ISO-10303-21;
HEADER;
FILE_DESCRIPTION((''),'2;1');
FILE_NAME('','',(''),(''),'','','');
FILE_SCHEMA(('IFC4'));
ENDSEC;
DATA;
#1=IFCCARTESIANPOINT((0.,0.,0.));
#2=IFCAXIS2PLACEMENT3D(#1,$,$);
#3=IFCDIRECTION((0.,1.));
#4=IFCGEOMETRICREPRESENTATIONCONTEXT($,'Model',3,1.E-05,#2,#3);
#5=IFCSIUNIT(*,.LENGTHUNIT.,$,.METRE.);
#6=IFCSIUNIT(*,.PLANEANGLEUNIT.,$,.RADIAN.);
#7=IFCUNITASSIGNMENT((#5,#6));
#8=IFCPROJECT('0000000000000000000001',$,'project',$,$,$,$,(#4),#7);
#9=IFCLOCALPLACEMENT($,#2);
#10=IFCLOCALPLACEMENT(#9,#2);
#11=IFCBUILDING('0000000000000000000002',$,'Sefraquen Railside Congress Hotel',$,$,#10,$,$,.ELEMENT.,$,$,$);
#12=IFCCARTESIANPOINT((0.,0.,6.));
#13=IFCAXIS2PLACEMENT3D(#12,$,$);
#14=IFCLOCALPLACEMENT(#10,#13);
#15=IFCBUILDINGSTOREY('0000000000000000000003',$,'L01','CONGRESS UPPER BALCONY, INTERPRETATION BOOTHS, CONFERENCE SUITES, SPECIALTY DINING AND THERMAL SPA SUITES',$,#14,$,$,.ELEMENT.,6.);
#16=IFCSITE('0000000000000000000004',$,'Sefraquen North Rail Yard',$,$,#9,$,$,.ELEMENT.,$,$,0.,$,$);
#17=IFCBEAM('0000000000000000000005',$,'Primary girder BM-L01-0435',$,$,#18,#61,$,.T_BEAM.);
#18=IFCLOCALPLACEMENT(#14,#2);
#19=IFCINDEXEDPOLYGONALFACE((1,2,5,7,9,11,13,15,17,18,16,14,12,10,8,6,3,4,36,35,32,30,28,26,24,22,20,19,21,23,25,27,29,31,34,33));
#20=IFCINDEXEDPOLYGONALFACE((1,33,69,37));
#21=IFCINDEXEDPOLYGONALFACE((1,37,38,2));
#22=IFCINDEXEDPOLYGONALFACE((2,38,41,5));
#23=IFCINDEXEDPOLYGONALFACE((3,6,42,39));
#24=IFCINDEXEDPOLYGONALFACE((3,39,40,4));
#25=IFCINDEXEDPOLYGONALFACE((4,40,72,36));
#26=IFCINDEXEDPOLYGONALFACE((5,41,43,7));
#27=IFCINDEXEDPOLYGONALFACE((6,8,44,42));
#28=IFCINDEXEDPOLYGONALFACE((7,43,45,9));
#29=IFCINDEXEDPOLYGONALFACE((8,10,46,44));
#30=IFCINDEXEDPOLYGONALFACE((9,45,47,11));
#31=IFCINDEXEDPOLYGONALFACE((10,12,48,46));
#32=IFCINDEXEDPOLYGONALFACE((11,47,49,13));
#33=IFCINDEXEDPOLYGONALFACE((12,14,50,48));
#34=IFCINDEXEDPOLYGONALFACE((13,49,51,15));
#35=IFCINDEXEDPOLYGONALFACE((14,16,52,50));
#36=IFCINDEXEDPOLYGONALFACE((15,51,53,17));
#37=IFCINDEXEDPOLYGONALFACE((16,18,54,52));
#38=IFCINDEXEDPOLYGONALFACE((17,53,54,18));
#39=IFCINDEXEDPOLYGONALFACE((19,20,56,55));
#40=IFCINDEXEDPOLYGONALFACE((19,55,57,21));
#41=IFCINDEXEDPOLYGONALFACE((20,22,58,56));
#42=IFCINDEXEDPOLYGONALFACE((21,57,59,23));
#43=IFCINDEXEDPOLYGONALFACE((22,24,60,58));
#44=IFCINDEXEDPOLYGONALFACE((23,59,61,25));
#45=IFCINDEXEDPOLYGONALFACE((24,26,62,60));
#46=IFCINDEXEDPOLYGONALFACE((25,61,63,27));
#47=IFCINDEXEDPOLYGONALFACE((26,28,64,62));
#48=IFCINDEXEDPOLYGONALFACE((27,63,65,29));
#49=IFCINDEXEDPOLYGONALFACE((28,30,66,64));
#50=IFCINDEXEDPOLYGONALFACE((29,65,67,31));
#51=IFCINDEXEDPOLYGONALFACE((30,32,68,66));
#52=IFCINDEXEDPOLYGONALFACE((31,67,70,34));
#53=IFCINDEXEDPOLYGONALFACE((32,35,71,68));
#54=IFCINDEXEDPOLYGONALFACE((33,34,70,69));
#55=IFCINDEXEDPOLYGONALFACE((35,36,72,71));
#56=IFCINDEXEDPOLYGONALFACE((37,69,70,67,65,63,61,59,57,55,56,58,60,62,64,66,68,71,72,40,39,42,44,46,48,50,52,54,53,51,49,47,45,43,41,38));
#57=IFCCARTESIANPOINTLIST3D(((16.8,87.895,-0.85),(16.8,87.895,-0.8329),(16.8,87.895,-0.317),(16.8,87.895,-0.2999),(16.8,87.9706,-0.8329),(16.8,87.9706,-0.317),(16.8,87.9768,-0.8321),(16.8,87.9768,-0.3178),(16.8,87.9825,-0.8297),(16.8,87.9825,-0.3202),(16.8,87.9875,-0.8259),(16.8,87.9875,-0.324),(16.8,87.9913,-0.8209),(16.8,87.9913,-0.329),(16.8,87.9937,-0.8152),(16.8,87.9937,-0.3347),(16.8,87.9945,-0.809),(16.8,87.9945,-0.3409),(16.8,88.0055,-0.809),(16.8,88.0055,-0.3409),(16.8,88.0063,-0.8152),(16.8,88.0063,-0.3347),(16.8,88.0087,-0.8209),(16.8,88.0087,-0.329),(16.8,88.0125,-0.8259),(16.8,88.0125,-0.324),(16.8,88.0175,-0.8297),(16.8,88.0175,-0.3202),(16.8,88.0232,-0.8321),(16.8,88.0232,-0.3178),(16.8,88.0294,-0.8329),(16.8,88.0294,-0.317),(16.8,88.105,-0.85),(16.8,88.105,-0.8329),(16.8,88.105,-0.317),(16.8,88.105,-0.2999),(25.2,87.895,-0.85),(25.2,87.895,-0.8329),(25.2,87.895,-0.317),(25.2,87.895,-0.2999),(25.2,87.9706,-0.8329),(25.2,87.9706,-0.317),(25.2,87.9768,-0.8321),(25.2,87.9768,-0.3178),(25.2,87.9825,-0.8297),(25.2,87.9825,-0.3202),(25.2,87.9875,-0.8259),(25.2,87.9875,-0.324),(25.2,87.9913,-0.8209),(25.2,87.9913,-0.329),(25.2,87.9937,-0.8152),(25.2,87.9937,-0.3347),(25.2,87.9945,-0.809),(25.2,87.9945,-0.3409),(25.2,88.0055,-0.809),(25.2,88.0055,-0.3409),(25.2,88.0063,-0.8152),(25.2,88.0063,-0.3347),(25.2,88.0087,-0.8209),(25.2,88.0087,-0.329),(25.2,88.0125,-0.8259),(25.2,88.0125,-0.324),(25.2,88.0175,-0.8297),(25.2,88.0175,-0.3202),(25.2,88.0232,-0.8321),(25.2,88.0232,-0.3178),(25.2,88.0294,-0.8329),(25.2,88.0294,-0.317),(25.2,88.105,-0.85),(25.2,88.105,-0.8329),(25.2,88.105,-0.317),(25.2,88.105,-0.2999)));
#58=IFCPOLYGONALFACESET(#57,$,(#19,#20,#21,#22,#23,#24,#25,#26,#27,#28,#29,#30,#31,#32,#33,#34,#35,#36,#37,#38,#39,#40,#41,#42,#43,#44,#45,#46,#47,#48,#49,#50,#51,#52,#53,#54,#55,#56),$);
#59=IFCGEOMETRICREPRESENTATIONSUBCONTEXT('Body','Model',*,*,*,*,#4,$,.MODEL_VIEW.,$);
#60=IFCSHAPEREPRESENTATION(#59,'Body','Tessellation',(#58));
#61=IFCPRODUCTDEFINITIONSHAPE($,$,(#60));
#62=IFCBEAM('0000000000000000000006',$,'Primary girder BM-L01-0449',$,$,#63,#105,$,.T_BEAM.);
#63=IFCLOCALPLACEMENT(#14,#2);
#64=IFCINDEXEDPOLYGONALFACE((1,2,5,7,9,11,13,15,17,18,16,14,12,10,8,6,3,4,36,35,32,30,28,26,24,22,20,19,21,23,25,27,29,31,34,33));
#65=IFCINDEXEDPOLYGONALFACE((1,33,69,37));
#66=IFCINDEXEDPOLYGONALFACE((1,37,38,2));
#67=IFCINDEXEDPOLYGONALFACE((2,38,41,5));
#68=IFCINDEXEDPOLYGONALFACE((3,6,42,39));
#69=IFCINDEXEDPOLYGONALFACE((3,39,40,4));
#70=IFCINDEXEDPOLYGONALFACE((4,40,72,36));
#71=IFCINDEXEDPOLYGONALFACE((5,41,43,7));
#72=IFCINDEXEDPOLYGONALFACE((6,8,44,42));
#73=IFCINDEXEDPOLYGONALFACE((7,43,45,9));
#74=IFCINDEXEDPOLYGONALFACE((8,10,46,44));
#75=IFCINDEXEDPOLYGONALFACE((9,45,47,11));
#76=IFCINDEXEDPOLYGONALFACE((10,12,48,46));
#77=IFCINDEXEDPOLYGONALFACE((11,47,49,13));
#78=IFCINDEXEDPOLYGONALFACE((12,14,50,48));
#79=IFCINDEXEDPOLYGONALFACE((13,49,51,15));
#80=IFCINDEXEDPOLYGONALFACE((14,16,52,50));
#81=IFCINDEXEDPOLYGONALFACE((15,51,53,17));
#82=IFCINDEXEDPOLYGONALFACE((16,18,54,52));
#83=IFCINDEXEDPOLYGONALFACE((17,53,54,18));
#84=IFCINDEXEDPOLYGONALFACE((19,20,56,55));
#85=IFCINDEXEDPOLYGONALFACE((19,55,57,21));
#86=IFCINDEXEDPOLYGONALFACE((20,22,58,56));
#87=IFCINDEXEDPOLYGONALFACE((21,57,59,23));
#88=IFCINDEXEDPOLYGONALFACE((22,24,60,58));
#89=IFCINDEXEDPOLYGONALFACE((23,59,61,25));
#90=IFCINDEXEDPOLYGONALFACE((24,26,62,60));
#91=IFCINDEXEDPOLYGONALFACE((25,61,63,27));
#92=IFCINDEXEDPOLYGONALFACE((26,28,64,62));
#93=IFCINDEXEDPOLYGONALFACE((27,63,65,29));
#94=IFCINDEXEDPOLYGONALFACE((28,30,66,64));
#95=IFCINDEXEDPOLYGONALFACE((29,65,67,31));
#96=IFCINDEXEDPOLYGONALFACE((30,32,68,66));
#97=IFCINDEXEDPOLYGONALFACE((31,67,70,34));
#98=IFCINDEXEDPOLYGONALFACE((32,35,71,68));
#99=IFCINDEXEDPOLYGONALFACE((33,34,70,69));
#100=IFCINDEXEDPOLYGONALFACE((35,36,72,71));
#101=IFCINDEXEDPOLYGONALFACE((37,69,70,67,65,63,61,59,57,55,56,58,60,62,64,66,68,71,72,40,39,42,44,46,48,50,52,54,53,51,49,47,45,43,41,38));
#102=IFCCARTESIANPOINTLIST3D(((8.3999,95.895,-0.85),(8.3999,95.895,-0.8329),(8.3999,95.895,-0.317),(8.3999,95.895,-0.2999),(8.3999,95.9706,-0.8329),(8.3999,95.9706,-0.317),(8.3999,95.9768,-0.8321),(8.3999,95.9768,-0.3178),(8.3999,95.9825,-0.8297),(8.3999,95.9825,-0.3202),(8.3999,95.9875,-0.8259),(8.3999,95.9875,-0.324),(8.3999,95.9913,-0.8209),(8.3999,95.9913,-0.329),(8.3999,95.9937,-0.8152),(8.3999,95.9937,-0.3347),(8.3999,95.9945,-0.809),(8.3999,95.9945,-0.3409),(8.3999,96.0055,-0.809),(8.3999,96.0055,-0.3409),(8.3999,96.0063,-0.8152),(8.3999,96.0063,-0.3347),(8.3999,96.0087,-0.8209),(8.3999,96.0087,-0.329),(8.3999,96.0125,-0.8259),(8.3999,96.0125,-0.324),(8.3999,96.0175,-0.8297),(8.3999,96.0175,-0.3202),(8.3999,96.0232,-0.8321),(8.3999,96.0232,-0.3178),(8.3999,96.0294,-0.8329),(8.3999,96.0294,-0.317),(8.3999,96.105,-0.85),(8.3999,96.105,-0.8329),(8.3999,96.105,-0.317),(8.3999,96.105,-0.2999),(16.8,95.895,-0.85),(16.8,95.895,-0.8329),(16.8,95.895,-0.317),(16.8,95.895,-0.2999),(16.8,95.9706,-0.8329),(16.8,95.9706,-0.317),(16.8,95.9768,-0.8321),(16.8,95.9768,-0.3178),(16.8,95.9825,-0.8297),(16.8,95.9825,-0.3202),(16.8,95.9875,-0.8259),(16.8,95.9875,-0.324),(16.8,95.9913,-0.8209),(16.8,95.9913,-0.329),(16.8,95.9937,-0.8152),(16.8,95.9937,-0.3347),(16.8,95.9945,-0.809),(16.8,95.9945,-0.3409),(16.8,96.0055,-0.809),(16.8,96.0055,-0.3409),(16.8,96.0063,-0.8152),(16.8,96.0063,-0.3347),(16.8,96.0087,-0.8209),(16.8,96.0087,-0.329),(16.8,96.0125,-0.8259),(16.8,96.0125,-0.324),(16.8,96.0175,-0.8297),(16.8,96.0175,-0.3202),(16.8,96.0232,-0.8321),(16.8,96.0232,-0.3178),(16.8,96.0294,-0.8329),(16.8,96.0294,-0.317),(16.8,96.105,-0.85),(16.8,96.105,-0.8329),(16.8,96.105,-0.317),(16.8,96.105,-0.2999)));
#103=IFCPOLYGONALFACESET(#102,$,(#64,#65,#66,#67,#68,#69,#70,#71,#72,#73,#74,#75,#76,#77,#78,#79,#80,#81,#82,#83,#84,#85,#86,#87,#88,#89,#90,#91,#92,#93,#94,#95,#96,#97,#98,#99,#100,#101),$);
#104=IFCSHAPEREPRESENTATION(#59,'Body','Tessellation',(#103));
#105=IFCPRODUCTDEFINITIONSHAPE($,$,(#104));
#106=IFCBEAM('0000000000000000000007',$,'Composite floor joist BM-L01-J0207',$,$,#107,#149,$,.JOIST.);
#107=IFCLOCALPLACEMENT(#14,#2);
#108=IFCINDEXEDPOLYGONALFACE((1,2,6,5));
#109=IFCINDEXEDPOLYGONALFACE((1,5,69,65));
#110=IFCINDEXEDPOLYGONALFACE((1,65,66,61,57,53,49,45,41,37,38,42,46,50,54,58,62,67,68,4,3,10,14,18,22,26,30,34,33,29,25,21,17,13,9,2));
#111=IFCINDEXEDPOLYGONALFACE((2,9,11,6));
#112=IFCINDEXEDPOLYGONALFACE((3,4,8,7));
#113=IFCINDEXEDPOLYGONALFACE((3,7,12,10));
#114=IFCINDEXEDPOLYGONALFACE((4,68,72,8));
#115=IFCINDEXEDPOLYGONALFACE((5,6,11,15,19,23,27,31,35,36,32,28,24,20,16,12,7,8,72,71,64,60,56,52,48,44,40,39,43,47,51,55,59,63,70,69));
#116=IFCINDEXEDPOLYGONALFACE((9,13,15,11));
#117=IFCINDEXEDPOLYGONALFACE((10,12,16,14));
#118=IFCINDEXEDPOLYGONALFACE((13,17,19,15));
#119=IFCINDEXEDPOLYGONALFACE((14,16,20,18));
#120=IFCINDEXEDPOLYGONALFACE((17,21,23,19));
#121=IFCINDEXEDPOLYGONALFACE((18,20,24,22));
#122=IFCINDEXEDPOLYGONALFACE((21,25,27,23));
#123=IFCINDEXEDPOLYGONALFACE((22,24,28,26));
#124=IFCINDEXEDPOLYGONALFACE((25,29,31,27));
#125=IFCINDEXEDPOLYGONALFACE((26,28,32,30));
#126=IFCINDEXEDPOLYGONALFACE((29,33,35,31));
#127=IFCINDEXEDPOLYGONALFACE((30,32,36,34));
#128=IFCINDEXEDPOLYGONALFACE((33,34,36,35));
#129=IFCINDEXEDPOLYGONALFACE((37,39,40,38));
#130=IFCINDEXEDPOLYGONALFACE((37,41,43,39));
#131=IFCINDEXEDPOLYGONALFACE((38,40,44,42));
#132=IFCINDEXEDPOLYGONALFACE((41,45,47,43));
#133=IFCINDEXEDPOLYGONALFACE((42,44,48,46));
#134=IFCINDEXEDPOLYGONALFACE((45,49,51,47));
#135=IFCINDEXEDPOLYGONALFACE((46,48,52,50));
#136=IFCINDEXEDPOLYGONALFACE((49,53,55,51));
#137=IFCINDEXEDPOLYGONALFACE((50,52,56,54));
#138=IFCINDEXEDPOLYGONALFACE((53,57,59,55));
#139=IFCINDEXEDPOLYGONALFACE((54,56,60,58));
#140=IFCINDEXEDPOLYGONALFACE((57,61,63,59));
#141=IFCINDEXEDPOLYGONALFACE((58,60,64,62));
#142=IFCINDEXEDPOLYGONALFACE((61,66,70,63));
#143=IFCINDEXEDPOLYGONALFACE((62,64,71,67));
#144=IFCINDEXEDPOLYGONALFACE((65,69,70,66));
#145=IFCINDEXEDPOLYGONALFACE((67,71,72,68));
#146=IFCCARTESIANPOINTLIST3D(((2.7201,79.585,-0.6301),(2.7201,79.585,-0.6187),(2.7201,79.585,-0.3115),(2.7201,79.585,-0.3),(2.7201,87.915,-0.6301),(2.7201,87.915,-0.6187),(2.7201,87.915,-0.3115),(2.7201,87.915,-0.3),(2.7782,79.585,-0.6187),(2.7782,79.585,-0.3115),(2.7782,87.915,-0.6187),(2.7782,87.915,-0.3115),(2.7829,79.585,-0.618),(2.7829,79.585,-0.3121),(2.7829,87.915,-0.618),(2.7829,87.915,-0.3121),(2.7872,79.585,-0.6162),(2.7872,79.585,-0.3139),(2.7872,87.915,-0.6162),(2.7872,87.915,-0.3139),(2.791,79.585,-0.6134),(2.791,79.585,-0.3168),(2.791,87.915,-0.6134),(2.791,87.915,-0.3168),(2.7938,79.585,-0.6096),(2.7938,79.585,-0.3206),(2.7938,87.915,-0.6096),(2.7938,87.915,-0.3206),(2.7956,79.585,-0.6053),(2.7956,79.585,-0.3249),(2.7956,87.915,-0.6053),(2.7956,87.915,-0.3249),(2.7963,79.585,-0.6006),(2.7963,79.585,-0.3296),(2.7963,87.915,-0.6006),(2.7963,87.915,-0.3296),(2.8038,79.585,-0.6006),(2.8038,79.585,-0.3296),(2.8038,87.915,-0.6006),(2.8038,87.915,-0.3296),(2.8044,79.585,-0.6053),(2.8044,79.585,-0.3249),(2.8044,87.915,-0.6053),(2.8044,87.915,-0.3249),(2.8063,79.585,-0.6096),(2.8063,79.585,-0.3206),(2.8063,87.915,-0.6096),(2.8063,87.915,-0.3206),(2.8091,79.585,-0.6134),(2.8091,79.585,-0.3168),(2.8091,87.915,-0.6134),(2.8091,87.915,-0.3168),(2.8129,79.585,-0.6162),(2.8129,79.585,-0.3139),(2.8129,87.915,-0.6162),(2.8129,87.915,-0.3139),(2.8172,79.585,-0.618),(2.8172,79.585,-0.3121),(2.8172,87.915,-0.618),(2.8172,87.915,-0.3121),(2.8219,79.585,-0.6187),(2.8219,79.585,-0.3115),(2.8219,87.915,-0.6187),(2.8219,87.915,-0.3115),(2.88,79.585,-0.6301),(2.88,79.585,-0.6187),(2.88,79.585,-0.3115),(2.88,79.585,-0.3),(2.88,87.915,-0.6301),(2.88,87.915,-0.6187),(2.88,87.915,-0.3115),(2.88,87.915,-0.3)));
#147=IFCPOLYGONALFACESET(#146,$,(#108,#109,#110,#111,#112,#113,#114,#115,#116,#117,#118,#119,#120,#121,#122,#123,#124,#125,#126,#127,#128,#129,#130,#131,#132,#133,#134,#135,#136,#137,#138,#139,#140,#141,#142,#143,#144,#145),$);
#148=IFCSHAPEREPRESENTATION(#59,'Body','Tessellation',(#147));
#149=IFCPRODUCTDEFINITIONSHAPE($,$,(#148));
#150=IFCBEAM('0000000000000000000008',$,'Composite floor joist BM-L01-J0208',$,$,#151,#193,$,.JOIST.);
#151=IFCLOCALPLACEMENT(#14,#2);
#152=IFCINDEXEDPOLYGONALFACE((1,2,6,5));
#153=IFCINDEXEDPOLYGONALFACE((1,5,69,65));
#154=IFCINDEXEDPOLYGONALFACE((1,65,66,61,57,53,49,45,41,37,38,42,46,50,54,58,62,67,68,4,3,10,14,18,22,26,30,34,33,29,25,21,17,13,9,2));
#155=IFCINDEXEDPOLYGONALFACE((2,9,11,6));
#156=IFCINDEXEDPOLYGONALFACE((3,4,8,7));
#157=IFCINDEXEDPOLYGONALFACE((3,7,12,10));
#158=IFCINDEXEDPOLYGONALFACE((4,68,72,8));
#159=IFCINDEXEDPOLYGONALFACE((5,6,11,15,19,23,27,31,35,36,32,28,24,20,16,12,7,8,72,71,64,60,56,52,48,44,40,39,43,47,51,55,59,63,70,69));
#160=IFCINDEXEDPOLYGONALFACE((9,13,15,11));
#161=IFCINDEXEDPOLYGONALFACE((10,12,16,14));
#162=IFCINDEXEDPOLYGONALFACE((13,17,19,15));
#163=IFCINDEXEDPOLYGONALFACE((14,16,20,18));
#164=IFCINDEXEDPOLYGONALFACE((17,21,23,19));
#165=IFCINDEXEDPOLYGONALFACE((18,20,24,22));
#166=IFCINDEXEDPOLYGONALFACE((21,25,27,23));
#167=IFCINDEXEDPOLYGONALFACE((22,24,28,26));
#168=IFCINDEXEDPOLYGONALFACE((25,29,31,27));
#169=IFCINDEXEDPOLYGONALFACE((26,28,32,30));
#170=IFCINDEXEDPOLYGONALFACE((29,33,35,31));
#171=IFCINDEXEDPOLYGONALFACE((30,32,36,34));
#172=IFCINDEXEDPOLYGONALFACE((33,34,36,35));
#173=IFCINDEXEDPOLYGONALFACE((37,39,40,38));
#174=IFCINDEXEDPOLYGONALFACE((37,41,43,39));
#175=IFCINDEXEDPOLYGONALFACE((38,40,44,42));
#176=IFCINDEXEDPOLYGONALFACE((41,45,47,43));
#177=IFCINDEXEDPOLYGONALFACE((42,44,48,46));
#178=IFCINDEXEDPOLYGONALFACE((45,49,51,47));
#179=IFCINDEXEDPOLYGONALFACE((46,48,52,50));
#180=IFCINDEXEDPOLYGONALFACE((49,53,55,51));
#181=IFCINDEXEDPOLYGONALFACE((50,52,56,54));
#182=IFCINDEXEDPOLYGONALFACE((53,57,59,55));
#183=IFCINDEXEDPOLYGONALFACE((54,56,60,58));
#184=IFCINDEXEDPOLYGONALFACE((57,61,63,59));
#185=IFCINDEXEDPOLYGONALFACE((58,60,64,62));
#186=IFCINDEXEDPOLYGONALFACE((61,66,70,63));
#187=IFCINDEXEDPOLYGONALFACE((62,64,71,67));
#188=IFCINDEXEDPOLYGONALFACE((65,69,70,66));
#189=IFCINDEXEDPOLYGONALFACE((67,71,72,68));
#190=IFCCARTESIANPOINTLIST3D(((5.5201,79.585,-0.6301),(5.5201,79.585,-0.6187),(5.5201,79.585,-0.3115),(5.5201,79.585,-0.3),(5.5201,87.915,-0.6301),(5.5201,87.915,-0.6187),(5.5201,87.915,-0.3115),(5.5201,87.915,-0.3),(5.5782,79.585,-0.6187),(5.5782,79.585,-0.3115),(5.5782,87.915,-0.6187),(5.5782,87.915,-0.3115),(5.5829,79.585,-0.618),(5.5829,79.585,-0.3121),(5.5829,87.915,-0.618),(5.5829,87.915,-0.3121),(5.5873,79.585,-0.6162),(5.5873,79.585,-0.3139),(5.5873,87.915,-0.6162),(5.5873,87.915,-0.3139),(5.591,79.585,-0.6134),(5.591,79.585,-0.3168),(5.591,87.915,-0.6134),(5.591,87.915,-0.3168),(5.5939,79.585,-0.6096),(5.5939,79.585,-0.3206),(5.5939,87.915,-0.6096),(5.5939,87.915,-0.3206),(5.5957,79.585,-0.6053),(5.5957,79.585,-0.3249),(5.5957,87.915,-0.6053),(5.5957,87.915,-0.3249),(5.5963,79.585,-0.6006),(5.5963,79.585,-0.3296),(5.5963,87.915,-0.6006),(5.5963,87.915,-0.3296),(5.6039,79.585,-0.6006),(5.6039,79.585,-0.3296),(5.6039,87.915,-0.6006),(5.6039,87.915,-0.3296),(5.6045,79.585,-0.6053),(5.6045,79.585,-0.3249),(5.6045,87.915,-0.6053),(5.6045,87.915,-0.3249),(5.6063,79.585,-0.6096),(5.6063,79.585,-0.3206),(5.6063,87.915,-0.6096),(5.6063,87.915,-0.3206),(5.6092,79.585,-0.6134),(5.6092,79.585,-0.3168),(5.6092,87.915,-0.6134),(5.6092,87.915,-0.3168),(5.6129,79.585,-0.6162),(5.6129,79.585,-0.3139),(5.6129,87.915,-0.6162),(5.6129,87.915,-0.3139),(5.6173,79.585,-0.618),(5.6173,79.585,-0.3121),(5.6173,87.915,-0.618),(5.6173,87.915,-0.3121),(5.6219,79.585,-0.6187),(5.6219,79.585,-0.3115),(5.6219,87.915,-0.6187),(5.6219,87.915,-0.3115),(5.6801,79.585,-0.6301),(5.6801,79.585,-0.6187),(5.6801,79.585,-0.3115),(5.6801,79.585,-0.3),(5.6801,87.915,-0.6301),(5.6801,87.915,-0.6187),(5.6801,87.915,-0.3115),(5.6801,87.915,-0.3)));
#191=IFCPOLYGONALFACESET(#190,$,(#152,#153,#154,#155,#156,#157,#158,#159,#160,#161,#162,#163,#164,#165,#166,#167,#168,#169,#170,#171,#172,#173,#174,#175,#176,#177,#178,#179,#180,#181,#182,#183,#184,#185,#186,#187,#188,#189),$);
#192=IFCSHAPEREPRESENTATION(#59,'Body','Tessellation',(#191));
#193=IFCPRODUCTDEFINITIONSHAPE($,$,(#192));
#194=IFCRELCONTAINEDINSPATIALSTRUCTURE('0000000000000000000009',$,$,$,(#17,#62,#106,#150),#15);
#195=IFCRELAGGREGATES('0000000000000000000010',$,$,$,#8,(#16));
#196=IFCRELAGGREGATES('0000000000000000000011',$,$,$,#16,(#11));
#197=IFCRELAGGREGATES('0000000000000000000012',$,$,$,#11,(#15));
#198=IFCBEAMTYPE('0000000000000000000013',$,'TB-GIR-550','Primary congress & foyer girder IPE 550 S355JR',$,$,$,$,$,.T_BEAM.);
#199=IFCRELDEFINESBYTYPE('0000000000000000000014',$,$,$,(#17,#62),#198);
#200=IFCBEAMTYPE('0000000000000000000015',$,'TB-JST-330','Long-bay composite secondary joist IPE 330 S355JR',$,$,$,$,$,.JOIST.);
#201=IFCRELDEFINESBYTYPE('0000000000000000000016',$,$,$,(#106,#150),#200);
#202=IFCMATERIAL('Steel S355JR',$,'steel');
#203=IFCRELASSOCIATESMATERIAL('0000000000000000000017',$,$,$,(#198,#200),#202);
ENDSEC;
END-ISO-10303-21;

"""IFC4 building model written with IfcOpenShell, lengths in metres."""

from ifc_helpers import new_model, si_unit, direction, frame, origin, origin_2d, place, context, subcontext, project, spatial, i_section, extrude, material, material_profile, profile_set, type_object, element, save


model = new_model("IFC4")

# Units and contexts
model_context = context("Model", 3, precision=1e-05, world=origin(), true_north=direction((0.0, 1.0)))
body_context = subcontext(model_context, "Body", "Model", "MODEL_VIEW")
ifc_project = project(units=[si_unit("LENGTHUNIT", "METRE"), si_unit("PLANEANGLEUNIT", "RADIAN")], contexts=[model_context])

# Site, building, storey
site_placement = place(None, origin())
site = spatial("IfcSite", under=ifc_project, at=site_placement, Name="Sefraquen North Rail Yard", CompositionType="ELEMENT", RefElevation=0.0)
building_placement = place(site_placement, origin())
building = spatial("IfcBuilding", under=site, at=building_placement, Name="Sefraquen Railside Congress Hotel", CompositionType="ELEMENT")
storey_placement = place(building_placement, frame((0.0, 0.0, 6.0)))
storey = spatial("IfcBuildingStorey", under=building, at=storey_placement, Name="L01", Description="CONGRESS UPPER BALCONY, INTERPRETATION BOOTHS, CONFERENCE SUITES, SPECIALTY DINING AND THERMAL SPA SUITES", CompositionType="ELEMENT", Elevation=6.0)

# Shared definitions
ifc_material_1 = material(Name="Steel S355JR", Category="steel")

# Beams
ifc_material_profile_1 = material_profile(ifc_material_1, i_section(OverallWidth=0.21, OverallDepth=0.55, WebThickness=0.011, FlangeThickness=0.0171, FilletRadius=0.0239, at=origin_2d()), Name="IPE 550")
ifc_profile_set_1 = profile_set([ifc_material_profile_1], Name="Steel S355JR")
beam_type_1 = type_object("IfcBeamType", Name="TB-GIR-550", Description="Primary congress & foyer girder IPE 550 S355JR", PredefinedType="T_BEAM", material=ifc_profile_set_1)
for number, where, z_axis, x_axis, name in (
    (1, (16.8, 88.0, -0.575), (1.0, 0.0, 0.0), (0.0, 1.0, 0.0), "Primary girder BM-L01-0435"),
):
    element("IfcBeam", number, at=place(storey_placement, frame(where, z_axis=z_axis, x_axis=x_axis)), inside=storey, type_object=beam_type_1, Name=name, PredefinedType="T_BEAM", context=body_context, shape_type="SweptSolid", body=[
        extrude(i_section(OverallWidth=0.21, OverallDepth=0.55, WebThickness=0.011, FlangeThickness=0.0171, FilletRadius=0.0239, at=origin_2d()), origin(), (0.0, 0.0, 1.0), 8.3999),
    ])
beam_1_placement = place(storey_placement, frame((8.3999, 96.0, -0.575), z_axis=(1.0, 0.0, 0.0), x_axis=(0.0, 1.0, 0.0)))
element("IfcBeam", 2, at=beam_1_placement, inside=storey, type_object=beam_type_1, Name="Primary girder BM-L01-0449", PredefinedType="T_BEAM", context=body_context, shape_type="SweptSolid", body=[
    extrude(i_section(OverallWidth=0.21, OverallDepth=0.55, WebThickness=0.011, FlangeThickness=0.0171, FilletRadius=0.0239, at=origin_2d()), origin(), (0.0, 0.0, 1.0), 8.4001),
])
ifc_material_profile_2 = material_profile(ifc_material_1, i_section(OverallWidth=0.1599, OverallDepth=0.3301, WebThickness=0.0076, FlangeThickness=0.0115, FilletRadius=0.0181, at=origin_2d()), Name="IPE 330")
ifc_profile_set_2 = profile_set([ifc_material_profile_2], Name="Steel S355JR")
beam_type_2 = type_object("IfcBeamType", Name="TB-JST-330", Description="Long-bay composite secondary joist IPE 330 S355JR", PredefinedType="JOIST", material=ifc_profile_set_2)
for number, where, z_axis, x_axis, name in (
    (3, (2.8, 79.585, -0.4651), (0.0, 1.0, 0.0), (-1.0, 0.0, 0.0), "Composite floor joist BM-L01-J0207"),
    (4, (5.6001, 79.585, -0.4651), (0.0, 1.0, 0.0), (-1.0, 0.0, 0.0), "Composite floor joist BM-L01-J0208"),
):
    element("IfcBeam", number, at=place(storey_placement, frame(where, z_axis=z_axis, x_axis=x_axis)), inside=storey, type_object=beam_type_2, Name=name, PredefinedType="JOIST", context=body_context, shape_type="SweptSolid", body=[
        extrude(i_section(OverallWidth=0.1599, OverallDepth=0.3301, WebThickness=0.0076, FlangeThickness=0.0115, FilletRadius=0.0181, at=origin_2d()), origin(), (0.0, 0.0, 1.0), 8.3301),
    ])

save(model, "model.ifc")
